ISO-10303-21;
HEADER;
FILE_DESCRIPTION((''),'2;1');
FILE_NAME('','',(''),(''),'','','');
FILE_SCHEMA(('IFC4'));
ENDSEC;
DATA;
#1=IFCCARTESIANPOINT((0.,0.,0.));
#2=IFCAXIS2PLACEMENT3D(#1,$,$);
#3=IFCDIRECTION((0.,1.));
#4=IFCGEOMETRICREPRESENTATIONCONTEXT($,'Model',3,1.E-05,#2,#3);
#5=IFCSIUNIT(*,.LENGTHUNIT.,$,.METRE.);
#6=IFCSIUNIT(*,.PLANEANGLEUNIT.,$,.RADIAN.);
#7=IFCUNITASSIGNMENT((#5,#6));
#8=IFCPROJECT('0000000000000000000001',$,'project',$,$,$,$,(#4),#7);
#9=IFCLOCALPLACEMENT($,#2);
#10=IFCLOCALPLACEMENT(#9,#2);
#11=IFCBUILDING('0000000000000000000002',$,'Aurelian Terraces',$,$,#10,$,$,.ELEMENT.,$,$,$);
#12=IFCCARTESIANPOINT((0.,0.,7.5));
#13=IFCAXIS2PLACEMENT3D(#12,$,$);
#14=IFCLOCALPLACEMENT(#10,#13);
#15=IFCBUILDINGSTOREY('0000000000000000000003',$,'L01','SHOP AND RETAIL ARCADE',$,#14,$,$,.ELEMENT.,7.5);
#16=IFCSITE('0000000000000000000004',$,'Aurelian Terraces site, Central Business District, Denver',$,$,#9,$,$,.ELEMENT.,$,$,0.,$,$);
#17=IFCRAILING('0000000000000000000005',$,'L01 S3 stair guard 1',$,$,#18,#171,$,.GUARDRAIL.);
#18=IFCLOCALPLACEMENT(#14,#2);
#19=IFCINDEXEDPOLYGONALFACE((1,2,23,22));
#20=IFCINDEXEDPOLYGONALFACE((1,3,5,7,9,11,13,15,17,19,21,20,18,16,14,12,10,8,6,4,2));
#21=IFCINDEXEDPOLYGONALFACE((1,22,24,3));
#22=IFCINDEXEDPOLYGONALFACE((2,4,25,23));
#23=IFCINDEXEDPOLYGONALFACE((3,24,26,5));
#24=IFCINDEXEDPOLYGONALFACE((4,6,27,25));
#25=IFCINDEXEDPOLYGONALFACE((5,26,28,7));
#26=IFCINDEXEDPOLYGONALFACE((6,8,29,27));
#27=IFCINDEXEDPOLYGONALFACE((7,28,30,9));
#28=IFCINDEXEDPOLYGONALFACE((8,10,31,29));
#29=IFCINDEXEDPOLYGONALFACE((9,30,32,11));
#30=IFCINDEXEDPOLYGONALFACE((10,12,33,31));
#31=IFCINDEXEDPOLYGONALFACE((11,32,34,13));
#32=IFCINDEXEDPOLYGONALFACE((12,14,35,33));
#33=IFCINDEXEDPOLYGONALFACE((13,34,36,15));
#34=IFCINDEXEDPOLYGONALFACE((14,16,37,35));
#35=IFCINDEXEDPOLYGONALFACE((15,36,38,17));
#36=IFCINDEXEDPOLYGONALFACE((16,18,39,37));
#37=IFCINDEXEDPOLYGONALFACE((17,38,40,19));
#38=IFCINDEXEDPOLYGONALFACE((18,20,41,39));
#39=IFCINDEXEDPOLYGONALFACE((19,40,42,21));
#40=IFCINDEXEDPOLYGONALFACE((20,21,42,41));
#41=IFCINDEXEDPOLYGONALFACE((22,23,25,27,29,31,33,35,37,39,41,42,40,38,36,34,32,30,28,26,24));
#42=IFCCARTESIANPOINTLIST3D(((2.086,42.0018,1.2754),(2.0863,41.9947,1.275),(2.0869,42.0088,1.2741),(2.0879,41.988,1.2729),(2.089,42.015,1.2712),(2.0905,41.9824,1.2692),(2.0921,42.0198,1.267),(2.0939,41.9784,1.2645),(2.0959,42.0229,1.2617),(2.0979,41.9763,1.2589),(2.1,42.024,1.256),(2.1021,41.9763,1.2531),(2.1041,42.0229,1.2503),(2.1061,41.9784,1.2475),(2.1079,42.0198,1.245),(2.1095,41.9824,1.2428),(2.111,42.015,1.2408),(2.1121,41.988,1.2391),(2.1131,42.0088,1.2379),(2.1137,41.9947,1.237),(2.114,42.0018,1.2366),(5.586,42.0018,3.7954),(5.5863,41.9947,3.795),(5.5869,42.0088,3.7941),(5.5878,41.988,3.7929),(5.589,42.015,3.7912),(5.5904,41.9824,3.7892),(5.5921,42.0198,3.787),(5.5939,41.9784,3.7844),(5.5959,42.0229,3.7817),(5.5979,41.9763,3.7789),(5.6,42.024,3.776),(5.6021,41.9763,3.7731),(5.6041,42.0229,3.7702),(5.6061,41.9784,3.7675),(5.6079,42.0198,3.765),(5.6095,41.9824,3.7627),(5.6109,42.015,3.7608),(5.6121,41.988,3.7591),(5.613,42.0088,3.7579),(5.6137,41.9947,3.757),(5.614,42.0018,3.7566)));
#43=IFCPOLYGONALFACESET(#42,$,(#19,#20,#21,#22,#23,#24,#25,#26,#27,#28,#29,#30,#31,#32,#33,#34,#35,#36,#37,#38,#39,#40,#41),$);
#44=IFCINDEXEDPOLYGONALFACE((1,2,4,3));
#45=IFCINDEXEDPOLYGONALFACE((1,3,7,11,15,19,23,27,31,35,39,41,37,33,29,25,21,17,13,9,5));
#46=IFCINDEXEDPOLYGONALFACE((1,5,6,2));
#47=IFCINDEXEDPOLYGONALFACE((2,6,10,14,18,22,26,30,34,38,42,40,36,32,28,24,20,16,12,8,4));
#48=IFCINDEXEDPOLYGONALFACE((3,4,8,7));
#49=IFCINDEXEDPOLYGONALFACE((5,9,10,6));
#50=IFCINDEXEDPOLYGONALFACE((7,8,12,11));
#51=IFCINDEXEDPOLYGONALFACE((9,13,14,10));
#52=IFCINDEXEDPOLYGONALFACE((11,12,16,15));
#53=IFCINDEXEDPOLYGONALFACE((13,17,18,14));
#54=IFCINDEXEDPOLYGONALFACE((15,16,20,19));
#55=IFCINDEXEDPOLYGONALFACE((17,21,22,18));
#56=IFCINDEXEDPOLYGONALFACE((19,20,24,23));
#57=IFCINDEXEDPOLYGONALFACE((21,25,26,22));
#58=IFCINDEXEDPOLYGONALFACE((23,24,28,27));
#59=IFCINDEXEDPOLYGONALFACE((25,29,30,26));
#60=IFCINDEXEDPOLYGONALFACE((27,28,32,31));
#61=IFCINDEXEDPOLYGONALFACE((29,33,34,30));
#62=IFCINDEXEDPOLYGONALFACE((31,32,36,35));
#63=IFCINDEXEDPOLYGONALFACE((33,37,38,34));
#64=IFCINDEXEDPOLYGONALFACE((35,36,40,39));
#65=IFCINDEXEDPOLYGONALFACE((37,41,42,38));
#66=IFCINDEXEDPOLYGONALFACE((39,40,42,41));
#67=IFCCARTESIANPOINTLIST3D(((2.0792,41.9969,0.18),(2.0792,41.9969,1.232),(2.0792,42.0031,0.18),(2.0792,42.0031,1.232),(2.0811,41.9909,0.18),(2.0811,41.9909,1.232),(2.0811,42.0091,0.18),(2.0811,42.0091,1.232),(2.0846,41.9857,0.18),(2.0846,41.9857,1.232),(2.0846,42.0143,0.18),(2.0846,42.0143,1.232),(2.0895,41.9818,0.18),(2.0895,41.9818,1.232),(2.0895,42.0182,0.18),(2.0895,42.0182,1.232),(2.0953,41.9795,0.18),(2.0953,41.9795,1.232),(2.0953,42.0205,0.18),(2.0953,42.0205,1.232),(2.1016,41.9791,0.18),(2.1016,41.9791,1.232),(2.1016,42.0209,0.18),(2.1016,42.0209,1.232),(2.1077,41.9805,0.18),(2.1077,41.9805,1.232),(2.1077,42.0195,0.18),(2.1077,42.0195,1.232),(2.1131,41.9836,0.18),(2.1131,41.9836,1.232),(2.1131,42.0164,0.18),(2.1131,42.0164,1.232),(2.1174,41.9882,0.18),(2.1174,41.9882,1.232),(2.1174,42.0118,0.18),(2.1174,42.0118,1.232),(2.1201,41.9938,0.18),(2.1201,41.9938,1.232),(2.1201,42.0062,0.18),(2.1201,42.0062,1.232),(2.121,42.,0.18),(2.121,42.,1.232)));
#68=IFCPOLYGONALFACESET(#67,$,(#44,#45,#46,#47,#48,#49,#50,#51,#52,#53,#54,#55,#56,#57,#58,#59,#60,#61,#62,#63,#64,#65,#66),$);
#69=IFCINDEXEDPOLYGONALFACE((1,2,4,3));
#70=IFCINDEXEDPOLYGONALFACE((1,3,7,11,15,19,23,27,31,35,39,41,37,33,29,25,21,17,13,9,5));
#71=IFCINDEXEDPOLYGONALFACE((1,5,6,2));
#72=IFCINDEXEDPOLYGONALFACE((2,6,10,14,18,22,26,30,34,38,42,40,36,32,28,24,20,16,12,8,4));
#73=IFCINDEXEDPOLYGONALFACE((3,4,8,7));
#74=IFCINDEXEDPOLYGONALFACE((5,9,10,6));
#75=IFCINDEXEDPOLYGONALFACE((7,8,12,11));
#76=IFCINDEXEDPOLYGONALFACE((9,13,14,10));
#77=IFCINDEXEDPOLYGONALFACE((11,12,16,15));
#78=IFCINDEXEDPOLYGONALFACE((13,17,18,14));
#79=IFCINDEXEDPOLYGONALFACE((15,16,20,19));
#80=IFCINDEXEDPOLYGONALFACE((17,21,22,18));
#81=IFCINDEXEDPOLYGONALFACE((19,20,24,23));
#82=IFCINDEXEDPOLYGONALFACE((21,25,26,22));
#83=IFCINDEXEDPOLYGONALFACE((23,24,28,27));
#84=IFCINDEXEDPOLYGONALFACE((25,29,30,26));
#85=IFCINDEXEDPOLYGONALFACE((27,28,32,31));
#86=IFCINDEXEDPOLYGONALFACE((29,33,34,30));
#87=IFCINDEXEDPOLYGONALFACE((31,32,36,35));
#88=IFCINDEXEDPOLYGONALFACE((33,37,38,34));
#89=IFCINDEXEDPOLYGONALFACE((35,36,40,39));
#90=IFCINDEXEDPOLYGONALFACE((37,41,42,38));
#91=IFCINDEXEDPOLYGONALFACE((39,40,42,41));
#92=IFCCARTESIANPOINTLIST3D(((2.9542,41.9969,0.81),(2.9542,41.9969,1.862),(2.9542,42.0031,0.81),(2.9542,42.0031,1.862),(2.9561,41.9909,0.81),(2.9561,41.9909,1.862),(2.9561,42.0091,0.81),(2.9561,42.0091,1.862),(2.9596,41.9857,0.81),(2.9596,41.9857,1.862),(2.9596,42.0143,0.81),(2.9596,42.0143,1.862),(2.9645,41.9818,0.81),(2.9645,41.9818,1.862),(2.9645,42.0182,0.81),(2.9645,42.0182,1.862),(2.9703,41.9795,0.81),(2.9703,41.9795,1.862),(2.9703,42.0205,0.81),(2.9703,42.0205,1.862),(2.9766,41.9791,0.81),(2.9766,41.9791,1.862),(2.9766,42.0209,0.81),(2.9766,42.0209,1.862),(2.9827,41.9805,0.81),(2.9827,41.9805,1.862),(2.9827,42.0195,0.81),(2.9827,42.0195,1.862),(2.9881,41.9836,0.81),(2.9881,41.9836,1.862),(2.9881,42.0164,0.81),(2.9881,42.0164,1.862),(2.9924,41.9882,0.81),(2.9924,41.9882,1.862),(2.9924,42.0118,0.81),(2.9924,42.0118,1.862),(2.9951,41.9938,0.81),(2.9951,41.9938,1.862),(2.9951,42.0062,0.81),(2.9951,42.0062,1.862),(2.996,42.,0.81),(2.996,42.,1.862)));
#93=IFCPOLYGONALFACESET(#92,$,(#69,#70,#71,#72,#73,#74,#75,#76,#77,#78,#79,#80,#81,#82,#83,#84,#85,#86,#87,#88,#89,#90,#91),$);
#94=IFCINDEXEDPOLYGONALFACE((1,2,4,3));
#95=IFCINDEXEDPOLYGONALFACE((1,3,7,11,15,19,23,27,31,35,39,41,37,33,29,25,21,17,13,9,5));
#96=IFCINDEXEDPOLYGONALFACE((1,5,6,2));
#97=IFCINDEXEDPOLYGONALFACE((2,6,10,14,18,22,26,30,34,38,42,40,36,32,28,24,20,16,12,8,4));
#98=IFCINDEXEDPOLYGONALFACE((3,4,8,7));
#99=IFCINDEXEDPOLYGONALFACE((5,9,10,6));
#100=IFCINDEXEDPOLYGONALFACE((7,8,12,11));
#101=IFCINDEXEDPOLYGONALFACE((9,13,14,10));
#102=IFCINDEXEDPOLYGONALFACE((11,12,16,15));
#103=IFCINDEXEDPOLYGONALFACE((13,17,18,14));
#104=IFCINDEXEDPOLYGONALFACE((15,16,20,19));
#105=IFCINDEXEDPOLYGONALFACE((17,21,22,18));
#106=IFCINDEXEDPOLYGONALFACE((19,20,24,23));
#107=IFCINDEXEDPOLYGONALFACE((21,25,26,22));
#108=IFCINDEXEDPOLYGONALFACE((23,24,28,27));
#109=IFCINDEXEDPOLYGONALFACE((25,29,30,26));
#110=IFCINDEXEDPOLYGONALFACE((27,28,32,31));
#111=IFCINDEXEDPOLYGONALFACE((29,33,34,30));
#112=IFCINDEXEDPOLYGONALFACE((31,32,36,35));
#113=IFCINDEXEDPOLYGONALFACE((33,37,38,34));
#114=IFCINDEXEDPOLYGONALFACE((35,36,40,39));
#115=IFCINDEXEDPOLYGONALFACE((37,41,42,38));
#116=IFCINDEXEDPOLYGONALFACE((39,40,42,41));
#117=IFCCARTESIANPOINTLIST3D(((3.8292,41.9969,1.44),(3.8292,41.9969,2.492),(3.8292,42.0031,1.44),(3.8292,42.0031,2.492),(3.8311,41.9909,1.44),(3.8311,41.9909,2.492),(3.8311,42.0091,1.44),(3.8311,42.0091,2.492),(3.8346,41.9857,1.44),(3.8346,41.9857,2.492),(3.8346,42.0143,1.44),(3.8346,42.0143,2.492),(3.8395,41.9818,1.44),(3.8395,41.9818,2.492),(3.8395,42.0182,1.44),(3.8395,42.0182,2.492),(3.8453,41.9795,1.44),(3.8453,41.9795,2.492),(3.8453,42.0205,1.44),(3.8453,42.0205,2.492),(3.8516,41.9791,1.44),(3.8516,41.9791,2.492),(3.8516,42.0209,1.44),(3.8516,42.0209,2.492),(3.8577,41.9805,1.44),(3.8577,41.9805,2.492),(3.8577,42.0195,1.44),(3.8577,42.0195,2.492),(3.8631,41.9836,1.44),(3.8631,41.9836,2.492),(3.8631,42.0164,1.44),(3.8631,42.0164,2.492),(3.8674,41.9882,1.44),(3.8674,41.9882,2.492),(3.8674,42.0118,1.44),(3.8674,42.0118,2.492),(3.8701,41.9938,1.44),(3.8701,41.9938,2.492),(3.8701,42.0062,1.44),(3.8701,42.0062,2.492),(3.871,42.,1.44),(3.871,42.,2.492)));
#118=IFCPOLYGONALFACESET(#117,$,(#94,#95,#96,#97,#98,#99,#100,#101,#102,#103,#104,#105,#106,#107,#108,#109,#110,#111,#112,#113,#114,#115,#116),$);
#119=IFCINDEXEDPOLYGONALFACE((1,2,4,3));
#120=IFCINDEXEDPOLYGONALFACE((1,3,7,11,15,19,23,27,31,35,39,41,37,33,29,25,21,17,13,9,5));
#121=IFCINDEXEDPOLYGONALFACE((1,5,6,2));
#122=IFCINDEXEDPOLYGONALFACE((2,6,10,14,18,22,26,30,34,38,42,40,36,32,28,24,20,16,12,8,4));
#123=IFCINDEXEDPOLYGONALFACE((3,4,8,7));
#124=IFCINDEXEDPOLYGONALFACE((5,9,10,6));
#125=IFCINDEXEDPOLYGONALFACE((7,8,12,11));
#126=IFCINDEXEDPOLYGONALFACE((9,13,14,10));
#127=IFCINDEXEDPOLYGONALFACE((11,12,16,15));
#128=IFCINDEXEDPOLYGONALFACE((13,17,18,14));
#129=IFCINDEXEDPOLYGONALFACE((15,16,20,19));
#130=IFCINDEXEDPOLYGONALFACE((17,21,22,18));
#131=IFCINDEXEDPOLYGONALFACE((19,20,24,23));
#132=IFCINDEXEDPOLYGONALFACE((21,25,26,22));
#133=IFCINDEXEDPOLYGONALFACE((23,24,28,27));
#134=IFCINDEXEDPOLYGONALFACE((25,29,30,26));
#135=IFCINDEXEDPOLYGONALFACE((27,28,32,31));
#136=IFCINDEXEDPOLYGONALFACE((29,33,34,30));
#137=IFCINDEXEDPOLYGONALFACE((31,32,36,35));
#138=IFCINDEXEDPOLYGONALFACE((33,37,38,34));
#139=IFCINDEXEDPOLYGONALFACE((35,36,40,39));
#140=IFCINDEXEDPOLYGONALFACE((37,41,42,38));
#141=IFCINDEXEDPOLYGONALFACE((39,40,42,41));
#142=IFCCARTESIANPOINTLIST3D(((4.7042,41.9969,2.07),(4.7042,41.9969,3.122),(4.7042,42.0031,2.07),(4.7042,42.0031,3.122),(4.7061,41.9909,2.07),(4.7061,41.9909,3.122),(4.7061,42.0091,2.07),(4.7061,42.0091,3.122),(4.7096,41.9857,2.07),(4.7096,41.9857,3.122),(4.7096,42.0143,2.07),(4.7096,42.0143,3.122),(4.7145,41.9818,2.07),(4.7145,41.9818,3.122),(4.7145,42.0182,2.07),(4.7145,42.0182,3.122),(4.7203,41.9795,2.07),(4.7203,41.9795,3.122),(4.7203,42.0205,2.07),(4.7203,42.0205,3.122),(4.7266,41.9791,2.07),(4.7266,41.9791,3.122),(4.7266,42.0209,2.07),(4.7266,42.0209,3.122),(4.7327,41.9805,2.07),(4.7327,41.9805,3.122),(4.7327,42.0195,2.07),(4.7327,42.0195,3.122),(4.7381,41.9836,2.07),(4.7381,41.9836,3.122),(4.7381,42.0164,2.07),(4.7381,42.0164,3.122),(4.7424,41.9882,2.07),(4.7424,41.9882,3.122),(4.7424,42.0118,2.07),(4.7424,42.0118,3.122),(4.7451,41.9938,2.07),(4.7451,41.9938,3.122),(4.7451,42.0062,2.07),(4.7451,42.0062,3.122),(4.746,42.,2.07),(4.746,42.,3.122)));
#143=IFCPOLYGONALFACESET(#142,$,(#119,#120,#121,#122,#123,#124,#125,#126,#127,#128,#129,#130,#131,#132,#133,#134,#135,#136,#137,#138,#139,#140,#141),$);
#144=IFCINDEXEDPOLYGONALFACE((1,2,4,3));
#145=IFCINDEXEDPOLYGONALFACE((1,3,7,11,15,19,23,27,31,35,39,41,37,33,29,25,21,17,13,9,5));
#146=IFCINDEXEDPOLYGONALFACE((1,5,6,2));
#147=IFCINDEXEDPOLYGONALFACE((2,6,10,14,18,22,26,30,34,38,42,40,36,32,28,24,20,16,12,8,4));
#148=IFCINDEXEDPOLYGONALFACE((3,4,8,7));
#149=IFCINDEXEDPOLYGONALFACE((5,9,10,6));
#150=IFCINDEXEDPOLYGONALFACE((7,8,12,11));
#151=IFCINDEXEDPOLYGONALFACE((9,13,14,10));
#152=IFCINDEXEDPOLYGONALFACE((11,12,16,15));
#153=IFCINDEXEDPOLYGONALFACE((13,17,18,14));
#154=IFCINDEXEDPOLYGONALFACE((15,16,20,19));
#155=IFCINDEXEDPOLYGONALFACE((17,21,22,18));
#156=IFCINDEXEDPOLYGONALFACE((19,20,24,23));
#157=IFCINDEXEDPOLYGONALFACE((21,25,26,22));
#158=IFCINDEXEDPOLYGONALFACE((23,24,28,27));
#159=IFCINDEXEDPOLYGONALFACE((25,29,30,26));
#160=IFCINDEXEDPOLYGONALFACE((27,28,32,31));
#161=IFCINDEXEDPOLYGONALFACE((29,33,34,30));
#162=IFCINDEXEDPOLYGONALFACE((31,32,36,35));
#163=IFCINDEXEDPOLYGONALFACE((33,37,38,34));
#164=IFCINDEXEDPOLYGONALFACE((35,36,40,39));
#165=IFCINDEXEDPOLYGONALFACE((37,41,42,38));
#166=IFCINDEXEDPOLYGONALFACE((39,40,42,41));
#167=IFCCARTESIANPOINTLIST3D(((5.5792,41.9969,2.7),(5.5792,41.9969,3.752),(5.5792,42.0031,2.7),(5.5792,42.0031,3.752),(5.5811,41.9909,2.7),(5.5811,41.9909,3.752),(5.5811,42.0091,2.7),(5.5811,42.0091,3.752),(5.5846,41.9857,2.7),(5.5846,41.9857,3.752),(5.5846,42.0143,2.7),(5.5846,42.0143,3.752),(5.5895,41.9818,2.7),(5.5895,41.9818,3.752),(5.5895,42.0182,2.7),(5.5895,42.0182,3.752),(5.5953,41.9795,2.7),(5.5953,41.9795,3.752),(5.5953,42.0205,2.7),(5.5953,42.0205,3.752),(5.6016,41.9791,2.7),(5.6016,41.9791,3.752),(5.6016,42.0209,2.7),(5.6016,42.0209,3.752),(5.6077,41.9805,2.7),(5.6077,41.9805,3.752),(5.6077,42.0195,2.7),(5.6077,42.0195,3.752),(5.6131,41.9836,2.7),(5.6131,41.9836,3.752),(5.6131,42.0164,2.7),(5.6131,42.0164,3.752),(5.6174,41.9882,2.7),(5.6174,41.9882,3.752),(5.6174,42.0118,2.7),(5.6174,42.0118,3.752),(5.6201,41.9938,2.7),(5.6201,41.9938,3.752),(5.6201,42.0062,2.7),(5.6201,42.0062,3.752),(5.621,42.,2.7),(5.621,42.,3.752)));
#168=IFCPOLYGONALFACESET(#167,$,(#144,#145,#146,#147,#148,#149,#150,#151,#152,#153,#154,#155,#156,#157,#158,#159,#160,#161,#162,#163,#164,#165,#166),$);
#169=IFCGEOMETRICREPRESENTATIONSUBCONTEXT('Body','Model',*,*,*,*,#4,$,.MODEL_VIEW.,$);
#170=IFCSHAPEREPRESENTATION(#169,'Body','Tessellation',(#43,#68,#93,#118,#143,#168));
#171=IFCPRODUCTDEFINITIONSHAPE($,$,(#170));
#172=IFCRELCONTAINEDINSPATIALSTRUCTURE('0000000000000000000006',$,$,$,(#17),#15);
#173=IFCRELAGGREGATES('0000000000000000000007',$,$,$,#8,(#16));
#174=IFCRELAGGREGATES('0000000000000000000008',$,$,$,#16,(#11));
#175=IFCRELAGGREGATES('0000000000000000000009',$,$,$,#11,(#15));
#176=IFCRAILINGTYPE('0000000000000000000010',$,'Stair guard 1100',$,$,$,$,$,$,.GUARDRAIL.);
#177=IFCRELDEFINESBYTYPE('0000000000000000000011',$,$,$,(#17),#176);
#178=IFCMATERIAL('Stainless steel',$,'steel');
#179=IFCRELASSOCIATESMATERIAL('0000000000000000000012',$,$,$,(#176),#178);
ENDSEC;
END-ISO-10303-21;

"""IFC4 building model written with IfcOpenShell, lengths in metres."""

from ifc_helpers import new_model, si_unit, direction, frame, origin, origin_2d, place, context, subcontext, project, spatial, circle, extrude, material, type_object, element, save


model = new_model("IFC4")

# Units and contexts
model_context = context("Model", 3, precision=1e-05, world=origin(), true_north=direction((0.0, 1.0)))
body_context = subcontext(model_context, "Body", "Model", "MODEL_VIEW")
ifc_project = project(units=[si_unit("LENGTHUNIT", "METRE"), si_unit("PLANEANGLEUNIT", "RADIAN")], contexts=[model_context])

# Site, building, storey
site_placement = place(None, origin())
site = spatial("IfcSite", under=ifc_project, at=site_placement, Name="Aurelian Terraces site, Central Business District, Denver", CompositionType="ELEMENT", RefElevation=0.0)
building_placement = place(site_placement, origin())
building = spatial("IfcBuilding", under=site, at=building_placement, Name="Aurelian Terraces", CompositionType="ELEMENT")
storey_placement = place(building_placement, frame((0.0, 0.0, 7.5)))
storey = spatial("IfcBuildingStorey", under=building, at=storey_placement, Name="L01", Description="SHOP AND RETAIL ARCADE", CompositionType="ELEMENT", Elevation=7.5)

# Railing
ifc_material_1 = material(Name="Stainless steel", Category="steel")
railing_type_1 = type_object("IfcRailingType", Name="Stair guard 1100", PredefinedType="GUARDRAIL", material=ifc_material_1)
railing_1_placement = place(storey_placement, frame((2.1, 42.0, 0.18)))
element("IfcRailing", 1, at=railing_1_placement, inside=storey, type_object=railing_type_1, Name="L01 S3 stair guard 1", PredefinedType="GUARDRAIL", context=body_context, shape_type="SweptSolid", body=[
    extrude(circle(Radius=0.024, at=origin_2d()), frame((0.0, 0.0, 1.076), z_axis=(0.811534, 0.0, 0.584305), x_axis=(0.0, 1.0, 0.0)), (0.0, 0.0, 1.0), 4.3128),
    extrude(circle(Radius=0.021, at=origin_2d()), origin(), (0.0, 0.0, 1.0), 1.052),
    extrude(circle(Radius=0.021, at=origin_2d()), frame((0.875, 0.0, 0.63)), (0.0, 0.0, 1.0), 1.052),
    extrude(circle(Radius=0.021, at=origin_2d()), frame((1.75, 0.0, 1.26)), (0.0, 0.0, 1.0), 1.052),
    extrude(circle(Radius=0.021, at=origin_2d()), frame((2.625, 0.0, 1.89)), (0.0, 0.0, 1.0), 1.052),
    extrude(circle(Radius=0.021, at=origin_2d()), frame((3.5, 0.0, 2.52)), (0.0, 0.0, 1.0), 1.052),
])

save(model, "model.ifc")
